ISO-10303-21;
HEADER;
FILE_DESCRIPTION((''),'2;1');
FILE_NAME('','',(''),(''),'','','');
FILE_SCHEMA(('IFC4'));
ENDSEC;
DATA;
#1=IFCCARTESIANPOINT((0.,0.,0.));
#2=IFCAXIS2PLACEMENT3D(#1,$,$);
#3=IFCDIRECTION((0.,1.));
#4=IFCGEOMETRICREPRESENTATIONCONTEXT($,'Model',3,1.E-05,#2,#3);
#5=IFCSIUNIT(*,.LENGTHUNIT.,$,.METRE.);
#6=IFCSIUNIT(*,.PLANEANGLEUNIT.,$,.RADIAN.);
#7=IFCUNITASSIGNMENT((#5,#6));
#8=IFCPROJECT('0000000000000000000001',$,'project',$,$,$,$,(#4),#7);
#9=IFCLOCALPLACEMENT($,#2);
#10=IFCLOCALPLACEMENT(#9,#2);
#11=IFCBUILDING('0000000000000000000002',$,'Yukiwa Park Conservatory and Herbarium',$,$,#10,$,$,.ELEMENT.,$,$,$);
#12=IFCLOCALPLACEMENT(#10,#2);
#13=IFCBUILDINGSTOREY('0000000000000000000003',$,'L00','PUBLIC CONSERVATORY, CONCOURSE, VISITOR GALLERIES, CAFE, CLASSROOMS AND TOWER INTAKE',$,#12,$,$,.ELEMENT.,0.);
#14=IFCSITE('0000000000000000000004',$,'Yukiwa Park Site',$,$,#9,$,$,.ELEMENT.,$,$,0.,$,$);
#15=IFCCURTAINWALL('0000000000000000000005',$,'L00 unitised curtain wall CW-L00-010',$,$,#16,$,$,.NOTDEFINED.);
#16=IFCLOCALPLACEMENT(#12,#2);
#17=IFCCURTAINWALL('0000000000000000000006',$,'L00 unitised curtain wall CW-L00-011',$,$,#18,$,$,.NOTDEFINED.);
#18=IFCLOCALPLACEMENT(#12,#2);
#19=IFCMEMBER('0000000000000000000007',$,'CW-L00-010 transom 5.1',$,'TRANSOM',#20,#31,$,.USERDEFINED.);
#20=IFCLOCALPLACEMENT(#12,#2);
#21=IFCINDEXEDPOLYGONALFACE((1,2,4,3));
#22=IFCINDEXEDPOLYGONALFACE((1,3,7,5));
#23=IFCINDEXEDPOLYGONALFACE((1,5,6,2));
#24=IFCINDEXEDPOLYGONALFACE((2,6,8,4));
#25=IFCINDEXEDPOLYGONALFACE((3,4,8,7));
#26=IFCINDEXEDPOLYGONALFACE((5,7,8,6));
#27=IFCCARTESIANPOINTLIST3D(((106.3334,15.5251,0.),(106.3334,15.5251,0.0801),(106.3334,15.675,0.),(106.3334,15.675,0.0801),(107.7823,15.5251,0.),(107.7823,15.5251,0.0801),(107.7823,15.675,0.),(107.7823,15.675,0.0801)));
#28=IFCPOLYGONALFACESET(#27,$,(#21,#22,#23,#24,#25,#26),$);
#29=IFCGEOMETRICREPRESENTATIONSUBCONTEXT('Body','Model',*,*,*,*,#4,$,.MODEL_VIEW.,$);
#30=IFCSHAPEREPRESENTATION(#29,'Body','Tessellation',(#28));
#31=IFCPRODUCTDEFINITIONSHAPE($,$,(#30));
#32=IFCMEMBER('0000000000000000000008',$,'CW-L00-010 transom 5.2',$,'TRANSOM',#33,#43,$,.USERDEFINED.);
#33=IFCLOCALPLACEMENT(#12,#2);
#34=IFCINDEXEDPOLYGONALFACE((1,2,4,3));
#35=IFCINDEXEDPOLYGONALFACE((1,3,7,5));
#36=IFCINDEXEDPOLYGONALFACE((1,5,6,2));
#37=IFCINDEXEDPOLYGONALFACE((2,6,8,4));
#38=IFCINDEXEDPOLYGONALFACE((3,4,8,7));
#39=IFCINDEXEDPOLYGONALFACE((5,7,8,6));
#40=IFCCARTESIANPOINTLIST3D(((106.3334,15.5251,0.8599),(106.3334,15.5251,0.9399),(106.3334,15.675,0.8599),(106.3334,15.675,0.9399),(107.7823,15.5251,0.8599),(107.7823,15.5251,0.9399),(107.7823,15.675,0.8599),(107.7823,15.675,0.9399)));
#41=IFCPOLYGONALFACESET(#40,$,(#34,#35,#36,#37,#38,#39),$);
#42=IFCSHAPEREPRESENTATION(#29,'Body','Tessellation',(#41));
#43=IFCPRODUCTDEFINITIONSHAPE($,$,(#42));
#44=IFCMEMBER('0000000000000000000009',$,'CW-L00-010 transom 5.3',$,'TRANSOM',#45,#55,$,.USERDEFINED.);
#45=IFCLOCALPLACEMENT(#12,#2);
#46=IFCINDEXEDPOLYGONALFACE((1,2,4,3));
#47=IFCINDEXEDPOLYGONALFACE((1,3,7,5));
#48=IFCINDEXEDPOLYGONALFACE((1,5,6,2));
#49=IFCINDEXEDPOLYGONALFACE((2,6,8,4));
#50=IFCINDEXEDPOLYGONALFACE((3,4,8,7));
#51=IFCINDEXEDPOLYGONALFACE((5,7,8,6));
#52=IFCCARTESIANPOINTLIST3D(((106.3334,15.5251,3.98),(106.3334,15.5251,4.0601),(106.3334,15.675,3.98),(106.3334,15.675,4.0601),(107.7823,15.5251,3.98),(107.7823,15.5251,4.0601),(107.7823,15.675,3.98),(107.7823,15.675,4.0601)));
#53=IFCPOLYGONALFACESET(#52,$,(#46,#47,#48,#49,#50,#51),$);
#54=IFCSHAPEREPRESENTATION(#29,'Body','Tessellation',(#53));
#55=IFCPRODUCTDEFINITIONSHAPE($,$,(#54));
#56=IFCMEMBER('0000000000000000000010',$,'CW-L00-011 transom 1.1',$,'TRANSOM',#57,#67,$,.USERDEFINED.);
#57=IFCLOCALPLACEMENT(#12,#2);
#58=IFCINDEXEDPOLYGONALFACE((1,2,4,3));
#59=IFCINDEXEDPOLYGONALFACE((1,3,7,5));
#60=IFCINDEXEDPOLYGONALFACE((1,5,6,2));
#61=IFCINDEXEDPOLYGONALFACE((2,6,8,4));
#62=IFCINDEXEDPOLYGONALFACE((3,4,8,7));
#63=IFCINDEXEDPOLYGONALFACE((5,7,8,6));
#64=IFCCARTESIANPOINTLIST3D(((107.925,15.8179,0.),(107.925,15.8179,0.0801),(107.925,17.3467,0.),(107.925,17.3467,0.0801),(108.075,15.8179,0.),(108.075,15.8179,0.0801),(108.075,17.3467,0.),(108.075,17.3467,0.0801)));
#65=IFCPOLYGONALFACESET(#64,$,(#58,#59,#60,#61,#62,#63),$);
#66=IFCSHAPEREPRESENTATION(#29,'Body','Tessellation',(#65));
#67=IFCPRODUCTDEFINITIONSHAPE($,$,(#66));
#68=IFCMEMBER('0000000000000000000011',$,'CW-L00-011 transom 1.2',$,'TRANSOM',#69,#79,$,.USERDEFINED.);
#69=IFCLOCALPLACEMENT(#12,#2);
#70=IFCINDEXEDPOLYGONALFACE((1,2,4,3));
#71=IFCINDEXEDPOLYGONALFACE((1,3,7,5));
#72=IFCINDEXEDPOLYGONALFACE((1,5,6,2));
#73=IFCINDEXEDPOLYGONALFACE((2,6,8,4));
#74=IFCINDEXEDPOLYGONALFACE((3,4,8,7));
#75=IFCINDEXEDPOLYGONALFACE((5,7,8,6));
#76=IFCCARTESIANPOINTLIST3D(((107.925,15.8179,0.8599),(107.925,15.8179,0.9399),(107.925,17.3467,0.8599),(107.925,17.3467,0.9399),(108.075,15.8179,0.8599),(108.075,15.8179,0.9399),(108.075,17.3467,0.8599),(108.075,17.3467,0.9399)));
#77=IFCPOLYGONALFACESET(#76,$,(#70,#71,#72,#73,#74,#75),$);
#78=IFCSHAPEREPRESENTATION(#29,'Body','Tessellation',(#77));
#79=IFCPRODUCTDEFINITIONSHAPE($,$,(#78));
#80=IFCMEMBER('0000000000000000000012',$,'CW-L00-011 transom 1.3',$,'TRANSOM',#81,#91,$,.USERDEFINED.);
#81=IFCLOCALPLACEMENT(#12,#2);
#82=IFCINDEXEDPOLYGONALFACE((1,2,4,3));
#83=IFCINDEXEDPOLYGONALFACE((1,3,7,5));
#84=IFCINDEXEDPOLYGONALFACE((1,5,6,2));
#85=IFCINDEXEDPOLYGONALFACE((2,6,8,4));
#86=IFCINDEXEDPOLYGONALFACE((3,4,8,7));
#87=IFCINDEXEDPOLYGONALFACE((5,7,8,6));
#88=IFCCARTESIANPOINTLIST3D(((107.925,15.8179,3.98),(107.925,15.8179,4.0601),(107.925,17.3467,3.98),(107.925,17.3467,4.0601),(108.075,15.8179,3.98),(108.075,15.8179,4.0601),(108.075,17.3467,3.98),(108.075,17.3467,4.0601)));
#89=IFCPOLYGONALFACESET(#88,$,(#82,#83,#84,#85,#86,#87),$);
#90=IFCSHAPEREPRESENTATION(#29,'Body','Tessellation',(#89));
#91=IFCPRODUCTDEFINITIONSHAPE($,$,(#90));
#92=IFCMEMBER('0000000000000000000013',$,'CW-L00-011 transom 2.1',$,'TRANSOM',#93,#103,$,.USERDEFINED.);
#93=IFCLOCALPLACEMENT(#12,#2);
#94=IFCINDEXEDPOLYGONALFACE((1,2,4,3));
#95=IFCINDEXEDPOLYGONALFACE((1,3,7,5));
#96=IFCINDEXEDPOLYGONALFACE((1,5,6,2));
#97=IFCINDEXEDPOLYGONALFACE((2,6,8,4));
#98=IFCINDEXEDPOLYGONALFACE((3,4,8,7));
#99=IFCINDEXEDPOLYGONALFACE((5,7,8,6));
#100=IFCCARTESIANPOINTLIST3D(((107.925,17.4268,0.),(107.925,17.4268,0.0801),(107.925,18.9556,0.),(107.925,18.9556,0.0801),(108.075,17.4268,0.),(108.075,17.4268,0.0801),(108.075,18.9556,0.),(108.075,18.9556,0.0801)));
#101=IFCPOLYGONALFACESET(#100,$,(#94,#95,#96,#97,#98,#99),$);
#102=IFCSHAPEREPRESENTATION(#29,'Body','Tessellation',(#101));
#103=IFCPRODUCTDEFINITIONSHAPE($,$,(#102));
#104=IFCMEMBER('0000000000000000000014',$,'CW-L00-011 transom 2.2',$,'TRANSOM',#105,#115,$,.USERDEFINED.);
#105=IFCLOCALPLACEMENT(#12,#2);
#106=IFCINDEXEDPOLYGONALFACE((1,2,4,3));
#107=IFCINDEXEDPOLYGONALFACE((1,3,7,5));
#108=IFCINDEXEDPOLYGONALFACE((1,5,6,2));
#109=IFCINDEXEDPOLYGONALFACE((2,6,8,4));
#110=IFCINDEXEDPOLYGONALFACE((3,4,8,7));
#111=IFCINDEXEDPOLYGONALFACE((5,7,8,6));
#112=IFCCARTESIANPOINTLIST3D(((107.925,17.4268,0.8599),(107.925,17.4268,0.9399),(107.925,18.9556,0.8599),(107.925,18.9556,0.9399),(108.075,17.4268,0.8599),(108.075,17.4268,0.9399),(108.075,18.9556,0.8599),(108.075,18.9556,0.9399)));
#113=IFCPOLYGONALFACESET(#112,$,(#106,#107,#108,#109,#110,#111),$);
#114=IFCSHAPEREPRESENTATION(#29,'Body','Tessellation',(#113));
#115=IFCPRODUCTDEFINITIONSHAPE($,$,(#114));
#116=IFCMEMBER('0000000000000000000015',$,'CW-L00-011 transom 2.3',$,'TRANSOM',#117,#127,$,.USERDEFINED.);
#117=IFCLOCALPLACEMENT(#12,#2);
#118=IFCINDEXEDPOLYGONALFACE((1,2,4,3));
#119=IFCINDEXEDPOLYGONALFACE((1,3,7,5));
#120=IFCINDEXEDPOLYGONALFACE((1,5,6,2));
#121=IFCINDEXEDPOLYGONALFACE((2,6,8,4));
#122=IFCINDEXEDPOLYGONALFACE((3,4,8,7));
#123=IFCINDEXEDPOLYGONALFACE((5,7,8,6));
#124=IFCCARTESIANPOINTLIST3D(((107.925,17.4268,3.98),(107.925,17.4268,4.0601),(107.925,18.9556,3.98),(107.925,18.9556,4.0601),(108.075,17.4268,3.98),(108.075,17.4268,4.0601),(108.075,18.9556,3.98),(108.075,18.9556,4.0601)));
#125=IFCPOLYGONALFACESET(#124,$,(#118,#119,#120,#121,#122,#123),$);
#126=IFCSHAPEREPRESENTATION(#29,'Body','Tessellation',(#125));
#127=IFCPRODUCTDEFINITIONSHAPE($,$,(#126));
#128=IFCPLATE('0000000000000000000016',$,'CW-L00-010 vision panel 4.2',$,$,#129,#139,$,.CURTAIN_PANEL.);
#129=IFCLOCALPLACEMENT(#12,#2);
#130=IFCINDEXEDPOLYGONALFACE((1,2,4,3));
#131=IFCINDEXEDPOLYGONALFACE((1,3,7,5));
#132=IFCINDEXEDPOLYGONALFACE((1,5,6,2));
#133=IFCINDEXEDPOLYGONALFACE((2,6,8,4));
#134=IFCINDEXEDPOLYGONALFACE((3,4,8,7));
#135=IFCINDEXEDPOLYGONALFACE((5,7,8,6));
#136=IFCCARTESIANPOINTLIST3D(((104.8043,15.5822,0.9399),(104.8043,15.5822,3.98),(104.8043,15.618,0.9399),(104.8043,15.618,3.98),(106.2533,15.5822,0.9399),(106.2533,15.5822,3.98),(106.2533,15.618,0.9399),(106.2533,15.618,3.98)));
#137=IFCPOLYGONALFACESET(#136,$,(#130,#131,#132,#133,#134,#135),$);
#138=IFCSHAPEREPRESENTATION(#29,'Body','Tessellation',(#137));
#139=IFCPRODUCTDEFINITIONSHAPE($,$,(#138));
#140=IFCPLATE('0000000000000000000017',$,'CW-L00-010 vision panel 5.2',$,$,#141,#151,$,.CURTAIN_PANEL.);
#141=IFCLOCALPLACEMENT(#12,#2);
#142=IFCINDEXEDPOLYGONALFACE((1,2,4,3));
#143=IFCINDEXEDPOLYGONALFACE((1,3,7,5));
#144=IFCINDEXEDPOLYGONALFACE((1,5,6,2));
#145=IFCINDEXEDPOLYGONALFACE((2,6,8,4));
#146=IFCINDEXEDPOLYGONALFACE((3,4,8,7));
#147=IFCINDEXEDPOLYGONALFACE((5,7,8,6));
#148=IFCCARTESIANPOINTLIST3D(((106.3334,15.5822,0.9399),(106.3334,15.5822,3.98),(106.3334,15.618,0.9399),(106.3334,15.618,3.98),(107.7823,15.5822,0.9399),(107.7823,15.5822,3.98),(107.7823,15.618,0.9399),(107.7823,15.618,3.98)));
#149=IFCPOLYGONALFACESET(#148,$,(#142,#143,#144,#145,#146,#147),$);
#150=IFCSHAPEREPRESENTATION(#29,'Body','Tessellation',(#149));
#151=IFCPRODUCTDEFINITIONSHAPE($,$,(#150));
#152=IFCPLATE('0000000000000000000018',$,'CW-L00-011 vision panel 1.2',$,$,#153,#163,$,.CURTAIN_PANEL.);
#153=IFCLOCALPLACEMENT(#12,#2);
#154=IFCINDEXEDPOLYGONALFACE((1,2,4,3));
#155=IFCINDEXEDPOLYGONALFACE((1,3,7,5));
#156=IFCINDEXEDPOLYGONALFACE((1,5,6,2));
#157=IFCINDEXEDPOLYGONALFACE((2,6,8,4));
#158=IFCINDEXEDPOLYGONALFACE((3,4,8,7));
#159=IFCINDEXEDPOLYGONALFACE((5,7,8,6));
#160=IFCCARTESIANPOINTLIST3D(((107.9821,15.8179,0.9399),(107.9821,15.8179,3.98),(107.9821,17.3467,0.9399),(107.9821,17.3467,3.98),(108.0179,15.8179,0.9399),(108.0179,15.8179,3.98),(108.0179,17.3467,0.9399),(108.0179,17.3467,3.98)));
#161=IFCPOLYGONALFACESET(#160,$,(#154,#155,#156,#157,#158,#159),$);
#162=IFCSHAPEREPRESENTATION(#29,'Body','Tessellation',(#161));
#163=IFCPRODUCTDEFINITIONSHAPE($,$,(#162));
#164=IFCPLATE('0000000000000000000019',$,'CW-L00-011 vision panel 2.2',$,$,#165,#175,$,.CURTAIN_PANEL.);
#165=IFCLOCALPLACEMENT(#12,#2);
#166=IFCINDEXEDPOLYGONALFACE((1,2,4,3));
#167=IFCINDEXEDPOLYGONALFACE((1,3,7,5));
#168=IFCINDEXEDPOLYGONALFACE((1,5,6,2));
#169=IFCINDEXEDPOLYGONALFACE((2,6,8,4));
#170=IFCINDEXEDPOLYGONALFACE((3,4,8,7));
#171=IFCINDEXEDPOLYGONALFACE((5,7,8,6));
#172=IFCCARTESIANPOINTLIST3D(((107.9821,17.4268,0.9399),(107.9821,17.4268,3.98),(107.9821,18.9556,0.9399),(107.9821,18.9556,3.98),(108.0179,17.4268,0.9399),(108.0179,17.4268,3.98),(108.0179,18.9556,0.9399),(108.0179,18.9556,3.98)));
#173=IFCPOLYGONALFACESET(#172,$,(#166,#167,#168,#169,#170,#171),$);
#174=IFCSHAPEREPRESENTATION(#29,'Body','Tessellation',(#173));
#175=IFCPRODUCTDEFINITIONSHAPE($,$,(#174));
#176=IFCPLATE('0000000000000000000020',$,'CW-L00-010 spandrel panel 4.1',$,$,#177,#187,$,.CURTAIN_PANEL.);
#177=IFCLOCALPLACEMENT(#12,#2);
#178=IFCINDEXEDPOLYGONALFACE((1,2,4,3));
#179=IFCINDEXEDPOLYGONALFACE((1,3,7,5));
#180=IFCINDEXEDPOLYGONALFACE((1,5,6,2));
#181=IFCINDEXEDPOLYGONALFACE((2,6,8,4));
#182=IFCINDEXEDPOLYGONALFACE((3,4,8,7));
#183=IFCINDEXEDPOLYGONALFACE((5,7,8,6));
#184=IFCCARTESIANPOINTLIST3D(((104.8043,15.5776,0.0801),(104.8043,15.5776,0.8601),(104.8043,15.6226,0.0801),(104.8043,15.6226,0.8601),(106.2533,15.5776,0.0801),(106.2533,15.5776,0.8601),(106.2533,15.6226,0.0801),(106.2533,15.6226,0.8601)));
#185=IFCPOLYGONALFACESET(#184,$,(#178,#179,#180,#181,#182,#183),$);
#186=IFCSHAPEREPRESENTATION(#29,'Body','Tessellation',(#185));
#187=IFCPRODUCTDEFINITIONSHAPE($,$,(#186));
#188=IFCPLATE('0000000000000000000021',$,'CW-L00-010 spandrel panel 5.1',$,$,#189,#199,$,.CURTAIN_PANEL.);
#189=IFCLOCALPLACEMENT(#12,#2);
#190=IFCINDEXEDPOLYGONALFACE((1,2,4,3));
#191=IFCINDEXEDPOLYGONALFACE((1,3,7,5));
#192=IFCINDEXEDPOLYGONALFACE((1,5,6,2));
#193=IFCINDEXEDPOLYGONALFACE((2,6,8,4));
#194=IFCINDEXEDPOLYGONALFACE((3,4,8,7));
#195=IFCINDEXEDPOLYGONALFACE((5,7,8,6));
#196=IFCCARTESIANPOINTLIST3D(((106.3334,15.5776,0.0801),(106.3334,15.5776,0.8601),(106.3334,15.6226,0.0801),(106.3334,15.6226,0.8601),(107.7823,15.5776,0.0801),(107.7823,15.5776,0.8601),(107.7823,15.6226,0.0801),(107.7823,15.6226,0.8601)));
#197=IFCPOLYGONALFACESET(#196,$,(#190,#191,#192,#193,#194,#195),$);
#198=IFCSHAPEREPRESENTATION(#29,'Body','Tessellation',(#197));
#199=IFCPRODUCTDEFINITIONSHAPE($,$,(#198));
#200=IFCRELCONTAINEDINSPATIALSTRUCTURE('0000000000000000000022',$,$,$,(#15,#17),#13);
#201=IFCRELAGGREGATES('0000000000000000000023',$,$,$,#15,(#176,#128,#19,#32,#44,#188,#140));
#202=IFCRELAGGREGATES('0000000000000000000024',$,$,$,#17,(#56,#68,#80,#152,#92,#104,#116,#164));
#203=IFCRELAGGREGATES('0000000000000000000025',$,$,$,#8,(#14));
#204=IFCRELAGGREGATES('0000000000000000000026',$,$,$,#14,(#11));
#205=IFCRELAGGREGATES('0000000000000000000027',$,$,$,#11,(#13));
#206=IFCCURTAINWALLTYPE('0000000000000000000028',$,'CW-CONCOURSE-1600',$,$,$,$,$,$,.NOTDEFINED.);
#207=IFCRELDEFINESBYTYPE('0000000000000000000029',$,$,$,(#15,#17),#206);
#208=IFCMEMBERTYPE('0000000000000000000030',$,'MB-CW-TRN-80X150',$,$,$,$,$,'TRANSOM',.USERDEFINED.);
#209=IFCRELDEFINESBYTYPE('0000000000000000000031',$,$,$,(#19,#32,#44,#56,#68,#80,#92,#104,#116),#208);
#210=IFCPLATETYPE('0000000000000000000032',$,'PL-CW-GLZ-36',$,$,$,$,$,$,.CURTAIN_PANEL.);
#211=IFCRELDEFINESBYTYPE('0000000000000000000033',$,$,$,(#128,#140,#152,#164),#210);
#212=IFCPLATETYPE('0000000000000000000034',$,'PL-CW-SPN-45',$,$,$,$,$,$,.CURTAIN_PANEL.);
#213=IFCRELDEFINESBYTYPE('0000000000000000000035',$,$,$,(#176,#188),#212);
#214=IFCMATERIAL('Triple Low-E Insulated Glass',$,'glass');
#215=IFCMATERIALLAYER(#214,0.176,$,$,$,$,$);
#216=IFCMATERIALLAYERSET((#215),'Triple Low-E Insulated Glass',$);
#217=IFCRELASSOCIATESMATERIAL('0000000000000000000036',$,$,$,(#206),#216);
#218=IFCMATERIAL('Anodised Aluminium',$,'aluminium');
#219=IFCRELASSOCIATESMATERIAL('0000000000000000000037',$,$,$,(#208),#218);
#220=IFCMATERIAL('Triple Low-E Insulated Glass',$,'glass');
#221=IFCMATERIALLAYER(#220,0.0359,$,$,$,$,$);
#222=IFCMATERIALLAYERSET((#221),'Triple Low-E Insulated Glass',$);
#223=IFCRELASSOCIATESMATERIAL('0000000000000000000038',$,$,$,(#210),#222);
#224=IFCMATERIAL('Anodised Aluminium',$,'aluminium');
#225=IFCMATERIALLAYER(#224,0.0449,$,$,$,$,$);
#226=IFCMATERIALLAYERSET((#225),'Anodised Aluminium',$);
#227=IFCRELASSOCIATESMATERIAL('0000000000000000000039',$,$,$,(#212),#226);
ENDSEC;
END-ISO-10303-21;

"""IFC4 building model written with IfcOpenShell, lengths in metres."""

from ifc_helpers import new_model, si_unit, direction, frame, origin, origin_2d, place, context, subcontext, project, spatial, rectangle, extrude, material, layer, layer_set, type_object, element, aggregate, save


model = new_model("IFC4")

# Units and contexts
model_context = context("Model", 3, precision=1e-05, world=origin(), true_north=direction((0.0, 1.0)))
body_context = subcontext(model_context, "Body", "Model", "MODEL_VIEW")
ifc_project = project(units=[si_unit("LENGTHUNIT", "METRE"), si_unit("PLANEANGLEUNIT", "RADIAN")], contexts=[model_context])

# Site, building, storey
site_placement = place(None, origin())
site = spatial("IfcSite", under=ifc_project, at=site_placement, Name="Yukiwa Park Site", CompositionType="ELEMENT", RefElevation=0.0)
building_placement = place(site_placement, origin())
building = spatial("IfcBuilding", under=site, at=building_placement, Name="Yukiwa Park Conservatory and Herbarium", CompositionType="ELEMENT")
storey_placement = place(building_placement, origin())
storey = spatial("IfcBuildingStorey", under=building, at=storey_placement, Name="L00", Description="PUBLIC CONSERVATORY, CONCOURSE, VISITOR GALLERIES, CAFE, CLASSROOMS AND TOWER INTAKE", CompositionType="ELEMENT", Elevation=0.0)

# Curtain walls
ifc_material_1 = material(Name="Triple Low-E Insulated Glass", Category="glass")
ifc_layer_1 = layer(ifc_material_1, 0.176)
ifc_layer_set_1 = layer_set([ifc_layer_1], Name="Triple Low-E Insulated Glass")
curtain_wall_type = type_object("IfcCurtainWallType", Name="CW-CONCOURSE-1600", PredefinedType="NOTDEFINED", material=ifc_layer_set_1)
curtain_wall_1_placement = place(storey_placement, origin())
curtain_wall_1 = element("IfcCurtainWall", 1, at=curtain_wall_1_placement, inside=storey, type_object=curtain_wall_type, Name="L00 unitised curtain wall CW-L00-010", PredefinedType="NOTDEFINED")
curtain_wall_2_placement = place(storey_placement, origin())
curtain_wall_2 = element("IfcCurtainWall", 2, at=curtain_wall_2_placement, inside=storey, type_object=curtain_wall_type, Name="L00 unitised curtain wall CW-L00-011", PredefinedType="NOTDEFINED")

# Members
ifc_material_2 = material(Name="Anodised Aluminium", Category="aluminium")
member_type_1 = type_object("IfcMemberType", Name="MB-CW-TRN-80X150", ElementType="TRANSOM", PredefinedType="USERDEFINED", material=ifc_material_2)
member_1_placement = place(storey_placement, frame((107.0579, 15.6001, 0.0), z_axis=(0.0, 0.0, 1.0), x_axis=(1.0, 0.0, 0.0)))
member_1 = element("IfcMember", 3, at=member_1_placement, type_object=member_type_1, Name="CW-L00-010 transom 5.1", ObjectType="TRANSOM", PredefinedType="USERDEFINED", context=body_context, shape_type="SweptSolid", body=[
    extrude(rectangle(XDim=1.449, YDim=0.1499, at=origin_2d()), origin(), (0.0, 0.0, 1.0), 0.0801),
])
member_2_placement = place(storey_placement, frame((107.0579, 15.6001, 0.8599), z_axis=(0.0, 0.0, 1.0), x_axis=(1.0, 0.0, 0.0)))
member_2 = element("IfcMember", 4, at=member_2_placement, type_object=member_type_1, Name="CW-L00-010 transom 5.2", ObjectType="TRANSOM", PredefinedType="USERDEFINED", context=body_context, shape_type="SweptSolid", body=[
    extrude(rectangle(XDim=1.449, YDim=0.1499, at=origin_2d()), origin(), (0.0, 0.0, 1.0), 0.0801),
])
member_3_placement = place(storey_placement, frame((107.0579, 15.6001, 3.98), z_axis=(0.0, 0.0, 1.0), x_axis=(1.0, 0.0, 0.0)))
member_3 = element("IfcMember", 5, at=member_3_placement, type_object=member_type_1, Name="CW-L00-010 transom 5.3", ObjectType="TRANSOM", PredefinedType="USERDEFINED", context=body_context, shape_type="SweptSolid", body=[
    extrude(rectangle(XDim=1.449, YDim=0.1499, at=origin_2d()), origin(), (0.0, 0.0, 1.0), 0.0801),
])
member_4_placement = place(storey_placement, frame((108.0, 16.5823, 0.0), z_axis=(0.0, 0.0, 1.0), x_axis=(0.0, 1.0, 0.0)))
member_4 = element("IfcMember", 6, at=member_4_placement, type_object=member_type_1, Name="CW-L00-011 transom 1.1", ObjectType="TRANSOM", PredefinedType="USERDEFINED", context=body_context, shape_type="SweptSolid", body=[
    extrude(rectangle(XDim=1.5288, YDim=0.1499, at=origin_2d()), origin(), (0.0, 0.0, 1.0), 0.0801),
])
member_5_placement = place(storey_placement, frame((108.0, 16.5823, 0.8599), z_axis=(0.0, 0.0, 1.0), x_axis=(0.0, 1.0, 0.0)))
member_5 = element("IfcMember", 7, at=member_5_placement, type_object=member_type_1, Name="CW-L00-011 transom 1.2", ObjectType="TRANSOM", PredefinedType="USERDEFINED", context=body_context, shape_type="SweptSolid", body=[
    extrude(rectangle(XDim=1.5288, YDim=0.1499, at=origin_2d()), origin(), (0.0, 0.0, 1.0), 0.0801),
])
member_6_placement = place(storey_placement, frame((108.0, 16.5823, 3.98), z_axis=(0.0, 0.0, 1.0), x_axis=(0.0, 1.0, 0.0)))
member_6 = element("IfcMember", 8, at=member_6_placement, type_object=member_type_1, Name="CW-L00-011 transom 1.3", ObjectType="TRANSOM", PredefinedType="USERDEFINED", context=body_context, shape_type="SweptSolid", body=[
    extrude(rectangle(XDim=1.5288, YDim=0.1499, at=origin_2d()), origin(), (0.0, 0.0, 1.0), 0.0801),
])
member_7_placement = place(storey_placement, frame((108.0, 18.1912, 0.0), z_axis=(0.0, 0.0, 1.0), x_axis=(0.0, 1.0, 0.0)))
member_7 = element("IfcMember", 9, at=member_7_placement, type_object=member_type_1, Name="CW-L00-011 transom 2.1", ObjectType="TRANSOM", PredefinedType="USERDEFINED", context=body_context, shape_type="SweptSolid", body=[
    extrude(rectangle(XDim=1.5288, YDim=0.1499, at=origin_2d()), origin(), (0.0, 0.0, 1.0), 0.0801),
])
member_8_placement = place(storey_placement, frame((108.0, 18.1912, 0.8599), z_axis=(0.0, 0.0, 1.0), x_axis=(0.0, 1.0, 0.0)))
member_8 = element("IfcMember", 10, at=member_8_placement, type_object=member_type_1, Name="CW-L00-011 transom 2.2", ObjectType="TRANSOM", PredefinedType="USERDEFINED", context=body_context, shape_type="SweptSolid", body=[
    extrude(rectangle(XDim=1.5288, YDim=0.1499, at=origin_2d()), origin(), (0.0, 0.0, 1.0), 0.0801),
])
member_9_placement = place(storey_placement, frame((108.0, 18.1912, 3.98), z_axis=(0.0, 0.0, 1.0), x_axis=(0.0, 1.0, 0.0)))
member_9 = element("IfcMember", 11, at=member_9_placement, type_object=member_type_1, Name="CW-L00-011 transom 2.3", ObjectType="TRANSOM", PredefinedType="USERDEFINED", context=body_context, shape_type="SweptSolid", body=[
    extrude(rectangle(XDim=1.5288, YDim=0.1499, at=origin_2d()), origin(), (0.0, 0.0, 1.0), 0.0801),
])

# Plates
ifc_material_3 = material(Name="Triple Low-E Insulated Glass", Category="glass")
ifc_layer_2 = layer(ifc_material_3, 0.0359)
ifc_layer_set_2 = layer_set([ifc_layer_2], Name="Triple Low-E Insulated Glass")
plate_type_1 = type_object("IfcPlateType", Name="PL-CW-GLZ-36", PredefinedType="CURTAIN_PANEL", material=ifc_layer_set_2)
plate_1_placement = place(storey_placement, frame((105.5288, 15.6001, 0.9399), z_axis=(0.0, 0.0, 1.0), x_axis=(1.0, 0.0, 0.0)))
plate_1 = element("IfcPlate", 12, at=plate_1_placement, type_object=plate_type_1, Name="CW-L00-010 vision panel 4.2", PredefinedType="CURTAIN_PANEL", context=body_context, shape_type="SweptSolid", body=[
    extrude(rectangle(XDim=1.449, YDim=0.0359, at=origin_2d()), origin(), (0.0, 0.0, 1.0), 3.04),
])
plate_2_placement = place(storey_placement, frame((107.0579, 15.6001, 0.9399), z_axis=(0.0, 0.0, 1.0), x_axis=(1.0, 0.0, 0.0)))
plate_2 = element("IfcPlate", 13, at=plate_2_placement, type_object=plate_type_1, Name="CW-L00-010 vision panel 5.2", PredefinedType="CURTAIN_PANEL", context=body_context, shape_type="SweptSolid", body=[
    extrude(rectangle(XDim=1.449, YDim=0.0359, at=origin_2d()), origin(), (0.0, 0.0, 1.0), 3.04),
])
plate_3_placement = place(storey_placement, frame((108.0, 16.5823, 0.9399), z_axis=(0.0, 0.0, 1.0), x_axis=(0.0, 1.0, 0.0)))
plate_3 = element("IfcPlate", 14, at=plate_3_placement, type_object=plate_type_1, Name="CW-L00-011 vision panel 1.2", PredefinedType="CURTAIN_PANEL", context=body_context, shape_type="SweptSolid", body=[
    extrude(rectangle(XDim=1.5288, YDim=0.0359, at=origin_2d()), origin(), (0.0, 0.0, 1.0), 3.04),
])
plate_4_placement = place(storey_placement, frame((108.0, 18.1912, 0.9399), z_axis=(0.0, 0.0, 1.0), x_axis=(0.0, 1.0, 0.0)))
plate_4 = element("IfcPlate", 15, at=plate_4_placement, type_object=plate_type_1, Name="CW-L00-011 vision panel 2.2", PredefinedType="CURTAIN_PANEL", context=body_context, shape_type="SweptSolid", body=[
    extrude(rectangle(XDim=1.5288, YDim=0.0359, at=origin_2d()), origin(), (0.0, 0.0, 1.0), 3.04),
])
ifc_material_4 = material(Name="Anodised Aluminium", Category="aluminium")
ifc_layer_3 = layer(ifc_material_4, 0.0449)
ifc_layer_set_3 = layer_set([ifc_layer_3], Name="Anodised Aluminium")
plate_type_2 = type_object("IfcPlateType", Name="PL-CW-SPN-45", PredefinedType="CURTAIN_PANEL", material=ifc_layer_set_3)
plate_5_placement = place(storey_placement, frame((105.5288, 15.6001, 0.0801), z_axis=(0.0, 0.0, 1.0), x_axis=(1.0, 0.0, 0.0)))
plate_5 = element("IfcPlate", 16, at=plate_5_placement, type_object=plate_type_2, Name="CW-L00-010 spandrel panel 4.1", PredefinedType="CURTAIN_PANEL", context=body_context, shape_type="SweptSolid", body=[
    extrude(rectangle(XDim=1.449, YDim=0.0449, at=origin_2d()), origin(), (0.0, 0.0, 1.0), 0.78),
])
plate_6_placement = place(storey_placement, frame((107.0579, 15.6001, 0.0801), z_axis=(0.0, 0.0, 1.0), x_axis=(1.0, 0.0, 0.0)))
plate_6 = element("IfcPlate", 17, at=plate_6_placement, type_object=plate_type_2, Name="CW-L00-010 spandrel panel 5.1", PredefinedType="CURTAIN_PANEL", context=body_context, shape_type="SweptSolid", body=[
    extrude(rectangle(XDim=1.449, YDim=0.0449, at=origin_2d()), origin(), (0.0, 0.0, 1.0), 0.78),
])
aggregate(curtain_wall_1, [plate_5, plate_1, member_1, member_2, member_3, plate_6, plate_2])
aggregate(curtain_wall_2, [member_4, member_5, member_6, plate_3, member_7, member_8, member_9, plate_4])

save(model, "model.ifc")
